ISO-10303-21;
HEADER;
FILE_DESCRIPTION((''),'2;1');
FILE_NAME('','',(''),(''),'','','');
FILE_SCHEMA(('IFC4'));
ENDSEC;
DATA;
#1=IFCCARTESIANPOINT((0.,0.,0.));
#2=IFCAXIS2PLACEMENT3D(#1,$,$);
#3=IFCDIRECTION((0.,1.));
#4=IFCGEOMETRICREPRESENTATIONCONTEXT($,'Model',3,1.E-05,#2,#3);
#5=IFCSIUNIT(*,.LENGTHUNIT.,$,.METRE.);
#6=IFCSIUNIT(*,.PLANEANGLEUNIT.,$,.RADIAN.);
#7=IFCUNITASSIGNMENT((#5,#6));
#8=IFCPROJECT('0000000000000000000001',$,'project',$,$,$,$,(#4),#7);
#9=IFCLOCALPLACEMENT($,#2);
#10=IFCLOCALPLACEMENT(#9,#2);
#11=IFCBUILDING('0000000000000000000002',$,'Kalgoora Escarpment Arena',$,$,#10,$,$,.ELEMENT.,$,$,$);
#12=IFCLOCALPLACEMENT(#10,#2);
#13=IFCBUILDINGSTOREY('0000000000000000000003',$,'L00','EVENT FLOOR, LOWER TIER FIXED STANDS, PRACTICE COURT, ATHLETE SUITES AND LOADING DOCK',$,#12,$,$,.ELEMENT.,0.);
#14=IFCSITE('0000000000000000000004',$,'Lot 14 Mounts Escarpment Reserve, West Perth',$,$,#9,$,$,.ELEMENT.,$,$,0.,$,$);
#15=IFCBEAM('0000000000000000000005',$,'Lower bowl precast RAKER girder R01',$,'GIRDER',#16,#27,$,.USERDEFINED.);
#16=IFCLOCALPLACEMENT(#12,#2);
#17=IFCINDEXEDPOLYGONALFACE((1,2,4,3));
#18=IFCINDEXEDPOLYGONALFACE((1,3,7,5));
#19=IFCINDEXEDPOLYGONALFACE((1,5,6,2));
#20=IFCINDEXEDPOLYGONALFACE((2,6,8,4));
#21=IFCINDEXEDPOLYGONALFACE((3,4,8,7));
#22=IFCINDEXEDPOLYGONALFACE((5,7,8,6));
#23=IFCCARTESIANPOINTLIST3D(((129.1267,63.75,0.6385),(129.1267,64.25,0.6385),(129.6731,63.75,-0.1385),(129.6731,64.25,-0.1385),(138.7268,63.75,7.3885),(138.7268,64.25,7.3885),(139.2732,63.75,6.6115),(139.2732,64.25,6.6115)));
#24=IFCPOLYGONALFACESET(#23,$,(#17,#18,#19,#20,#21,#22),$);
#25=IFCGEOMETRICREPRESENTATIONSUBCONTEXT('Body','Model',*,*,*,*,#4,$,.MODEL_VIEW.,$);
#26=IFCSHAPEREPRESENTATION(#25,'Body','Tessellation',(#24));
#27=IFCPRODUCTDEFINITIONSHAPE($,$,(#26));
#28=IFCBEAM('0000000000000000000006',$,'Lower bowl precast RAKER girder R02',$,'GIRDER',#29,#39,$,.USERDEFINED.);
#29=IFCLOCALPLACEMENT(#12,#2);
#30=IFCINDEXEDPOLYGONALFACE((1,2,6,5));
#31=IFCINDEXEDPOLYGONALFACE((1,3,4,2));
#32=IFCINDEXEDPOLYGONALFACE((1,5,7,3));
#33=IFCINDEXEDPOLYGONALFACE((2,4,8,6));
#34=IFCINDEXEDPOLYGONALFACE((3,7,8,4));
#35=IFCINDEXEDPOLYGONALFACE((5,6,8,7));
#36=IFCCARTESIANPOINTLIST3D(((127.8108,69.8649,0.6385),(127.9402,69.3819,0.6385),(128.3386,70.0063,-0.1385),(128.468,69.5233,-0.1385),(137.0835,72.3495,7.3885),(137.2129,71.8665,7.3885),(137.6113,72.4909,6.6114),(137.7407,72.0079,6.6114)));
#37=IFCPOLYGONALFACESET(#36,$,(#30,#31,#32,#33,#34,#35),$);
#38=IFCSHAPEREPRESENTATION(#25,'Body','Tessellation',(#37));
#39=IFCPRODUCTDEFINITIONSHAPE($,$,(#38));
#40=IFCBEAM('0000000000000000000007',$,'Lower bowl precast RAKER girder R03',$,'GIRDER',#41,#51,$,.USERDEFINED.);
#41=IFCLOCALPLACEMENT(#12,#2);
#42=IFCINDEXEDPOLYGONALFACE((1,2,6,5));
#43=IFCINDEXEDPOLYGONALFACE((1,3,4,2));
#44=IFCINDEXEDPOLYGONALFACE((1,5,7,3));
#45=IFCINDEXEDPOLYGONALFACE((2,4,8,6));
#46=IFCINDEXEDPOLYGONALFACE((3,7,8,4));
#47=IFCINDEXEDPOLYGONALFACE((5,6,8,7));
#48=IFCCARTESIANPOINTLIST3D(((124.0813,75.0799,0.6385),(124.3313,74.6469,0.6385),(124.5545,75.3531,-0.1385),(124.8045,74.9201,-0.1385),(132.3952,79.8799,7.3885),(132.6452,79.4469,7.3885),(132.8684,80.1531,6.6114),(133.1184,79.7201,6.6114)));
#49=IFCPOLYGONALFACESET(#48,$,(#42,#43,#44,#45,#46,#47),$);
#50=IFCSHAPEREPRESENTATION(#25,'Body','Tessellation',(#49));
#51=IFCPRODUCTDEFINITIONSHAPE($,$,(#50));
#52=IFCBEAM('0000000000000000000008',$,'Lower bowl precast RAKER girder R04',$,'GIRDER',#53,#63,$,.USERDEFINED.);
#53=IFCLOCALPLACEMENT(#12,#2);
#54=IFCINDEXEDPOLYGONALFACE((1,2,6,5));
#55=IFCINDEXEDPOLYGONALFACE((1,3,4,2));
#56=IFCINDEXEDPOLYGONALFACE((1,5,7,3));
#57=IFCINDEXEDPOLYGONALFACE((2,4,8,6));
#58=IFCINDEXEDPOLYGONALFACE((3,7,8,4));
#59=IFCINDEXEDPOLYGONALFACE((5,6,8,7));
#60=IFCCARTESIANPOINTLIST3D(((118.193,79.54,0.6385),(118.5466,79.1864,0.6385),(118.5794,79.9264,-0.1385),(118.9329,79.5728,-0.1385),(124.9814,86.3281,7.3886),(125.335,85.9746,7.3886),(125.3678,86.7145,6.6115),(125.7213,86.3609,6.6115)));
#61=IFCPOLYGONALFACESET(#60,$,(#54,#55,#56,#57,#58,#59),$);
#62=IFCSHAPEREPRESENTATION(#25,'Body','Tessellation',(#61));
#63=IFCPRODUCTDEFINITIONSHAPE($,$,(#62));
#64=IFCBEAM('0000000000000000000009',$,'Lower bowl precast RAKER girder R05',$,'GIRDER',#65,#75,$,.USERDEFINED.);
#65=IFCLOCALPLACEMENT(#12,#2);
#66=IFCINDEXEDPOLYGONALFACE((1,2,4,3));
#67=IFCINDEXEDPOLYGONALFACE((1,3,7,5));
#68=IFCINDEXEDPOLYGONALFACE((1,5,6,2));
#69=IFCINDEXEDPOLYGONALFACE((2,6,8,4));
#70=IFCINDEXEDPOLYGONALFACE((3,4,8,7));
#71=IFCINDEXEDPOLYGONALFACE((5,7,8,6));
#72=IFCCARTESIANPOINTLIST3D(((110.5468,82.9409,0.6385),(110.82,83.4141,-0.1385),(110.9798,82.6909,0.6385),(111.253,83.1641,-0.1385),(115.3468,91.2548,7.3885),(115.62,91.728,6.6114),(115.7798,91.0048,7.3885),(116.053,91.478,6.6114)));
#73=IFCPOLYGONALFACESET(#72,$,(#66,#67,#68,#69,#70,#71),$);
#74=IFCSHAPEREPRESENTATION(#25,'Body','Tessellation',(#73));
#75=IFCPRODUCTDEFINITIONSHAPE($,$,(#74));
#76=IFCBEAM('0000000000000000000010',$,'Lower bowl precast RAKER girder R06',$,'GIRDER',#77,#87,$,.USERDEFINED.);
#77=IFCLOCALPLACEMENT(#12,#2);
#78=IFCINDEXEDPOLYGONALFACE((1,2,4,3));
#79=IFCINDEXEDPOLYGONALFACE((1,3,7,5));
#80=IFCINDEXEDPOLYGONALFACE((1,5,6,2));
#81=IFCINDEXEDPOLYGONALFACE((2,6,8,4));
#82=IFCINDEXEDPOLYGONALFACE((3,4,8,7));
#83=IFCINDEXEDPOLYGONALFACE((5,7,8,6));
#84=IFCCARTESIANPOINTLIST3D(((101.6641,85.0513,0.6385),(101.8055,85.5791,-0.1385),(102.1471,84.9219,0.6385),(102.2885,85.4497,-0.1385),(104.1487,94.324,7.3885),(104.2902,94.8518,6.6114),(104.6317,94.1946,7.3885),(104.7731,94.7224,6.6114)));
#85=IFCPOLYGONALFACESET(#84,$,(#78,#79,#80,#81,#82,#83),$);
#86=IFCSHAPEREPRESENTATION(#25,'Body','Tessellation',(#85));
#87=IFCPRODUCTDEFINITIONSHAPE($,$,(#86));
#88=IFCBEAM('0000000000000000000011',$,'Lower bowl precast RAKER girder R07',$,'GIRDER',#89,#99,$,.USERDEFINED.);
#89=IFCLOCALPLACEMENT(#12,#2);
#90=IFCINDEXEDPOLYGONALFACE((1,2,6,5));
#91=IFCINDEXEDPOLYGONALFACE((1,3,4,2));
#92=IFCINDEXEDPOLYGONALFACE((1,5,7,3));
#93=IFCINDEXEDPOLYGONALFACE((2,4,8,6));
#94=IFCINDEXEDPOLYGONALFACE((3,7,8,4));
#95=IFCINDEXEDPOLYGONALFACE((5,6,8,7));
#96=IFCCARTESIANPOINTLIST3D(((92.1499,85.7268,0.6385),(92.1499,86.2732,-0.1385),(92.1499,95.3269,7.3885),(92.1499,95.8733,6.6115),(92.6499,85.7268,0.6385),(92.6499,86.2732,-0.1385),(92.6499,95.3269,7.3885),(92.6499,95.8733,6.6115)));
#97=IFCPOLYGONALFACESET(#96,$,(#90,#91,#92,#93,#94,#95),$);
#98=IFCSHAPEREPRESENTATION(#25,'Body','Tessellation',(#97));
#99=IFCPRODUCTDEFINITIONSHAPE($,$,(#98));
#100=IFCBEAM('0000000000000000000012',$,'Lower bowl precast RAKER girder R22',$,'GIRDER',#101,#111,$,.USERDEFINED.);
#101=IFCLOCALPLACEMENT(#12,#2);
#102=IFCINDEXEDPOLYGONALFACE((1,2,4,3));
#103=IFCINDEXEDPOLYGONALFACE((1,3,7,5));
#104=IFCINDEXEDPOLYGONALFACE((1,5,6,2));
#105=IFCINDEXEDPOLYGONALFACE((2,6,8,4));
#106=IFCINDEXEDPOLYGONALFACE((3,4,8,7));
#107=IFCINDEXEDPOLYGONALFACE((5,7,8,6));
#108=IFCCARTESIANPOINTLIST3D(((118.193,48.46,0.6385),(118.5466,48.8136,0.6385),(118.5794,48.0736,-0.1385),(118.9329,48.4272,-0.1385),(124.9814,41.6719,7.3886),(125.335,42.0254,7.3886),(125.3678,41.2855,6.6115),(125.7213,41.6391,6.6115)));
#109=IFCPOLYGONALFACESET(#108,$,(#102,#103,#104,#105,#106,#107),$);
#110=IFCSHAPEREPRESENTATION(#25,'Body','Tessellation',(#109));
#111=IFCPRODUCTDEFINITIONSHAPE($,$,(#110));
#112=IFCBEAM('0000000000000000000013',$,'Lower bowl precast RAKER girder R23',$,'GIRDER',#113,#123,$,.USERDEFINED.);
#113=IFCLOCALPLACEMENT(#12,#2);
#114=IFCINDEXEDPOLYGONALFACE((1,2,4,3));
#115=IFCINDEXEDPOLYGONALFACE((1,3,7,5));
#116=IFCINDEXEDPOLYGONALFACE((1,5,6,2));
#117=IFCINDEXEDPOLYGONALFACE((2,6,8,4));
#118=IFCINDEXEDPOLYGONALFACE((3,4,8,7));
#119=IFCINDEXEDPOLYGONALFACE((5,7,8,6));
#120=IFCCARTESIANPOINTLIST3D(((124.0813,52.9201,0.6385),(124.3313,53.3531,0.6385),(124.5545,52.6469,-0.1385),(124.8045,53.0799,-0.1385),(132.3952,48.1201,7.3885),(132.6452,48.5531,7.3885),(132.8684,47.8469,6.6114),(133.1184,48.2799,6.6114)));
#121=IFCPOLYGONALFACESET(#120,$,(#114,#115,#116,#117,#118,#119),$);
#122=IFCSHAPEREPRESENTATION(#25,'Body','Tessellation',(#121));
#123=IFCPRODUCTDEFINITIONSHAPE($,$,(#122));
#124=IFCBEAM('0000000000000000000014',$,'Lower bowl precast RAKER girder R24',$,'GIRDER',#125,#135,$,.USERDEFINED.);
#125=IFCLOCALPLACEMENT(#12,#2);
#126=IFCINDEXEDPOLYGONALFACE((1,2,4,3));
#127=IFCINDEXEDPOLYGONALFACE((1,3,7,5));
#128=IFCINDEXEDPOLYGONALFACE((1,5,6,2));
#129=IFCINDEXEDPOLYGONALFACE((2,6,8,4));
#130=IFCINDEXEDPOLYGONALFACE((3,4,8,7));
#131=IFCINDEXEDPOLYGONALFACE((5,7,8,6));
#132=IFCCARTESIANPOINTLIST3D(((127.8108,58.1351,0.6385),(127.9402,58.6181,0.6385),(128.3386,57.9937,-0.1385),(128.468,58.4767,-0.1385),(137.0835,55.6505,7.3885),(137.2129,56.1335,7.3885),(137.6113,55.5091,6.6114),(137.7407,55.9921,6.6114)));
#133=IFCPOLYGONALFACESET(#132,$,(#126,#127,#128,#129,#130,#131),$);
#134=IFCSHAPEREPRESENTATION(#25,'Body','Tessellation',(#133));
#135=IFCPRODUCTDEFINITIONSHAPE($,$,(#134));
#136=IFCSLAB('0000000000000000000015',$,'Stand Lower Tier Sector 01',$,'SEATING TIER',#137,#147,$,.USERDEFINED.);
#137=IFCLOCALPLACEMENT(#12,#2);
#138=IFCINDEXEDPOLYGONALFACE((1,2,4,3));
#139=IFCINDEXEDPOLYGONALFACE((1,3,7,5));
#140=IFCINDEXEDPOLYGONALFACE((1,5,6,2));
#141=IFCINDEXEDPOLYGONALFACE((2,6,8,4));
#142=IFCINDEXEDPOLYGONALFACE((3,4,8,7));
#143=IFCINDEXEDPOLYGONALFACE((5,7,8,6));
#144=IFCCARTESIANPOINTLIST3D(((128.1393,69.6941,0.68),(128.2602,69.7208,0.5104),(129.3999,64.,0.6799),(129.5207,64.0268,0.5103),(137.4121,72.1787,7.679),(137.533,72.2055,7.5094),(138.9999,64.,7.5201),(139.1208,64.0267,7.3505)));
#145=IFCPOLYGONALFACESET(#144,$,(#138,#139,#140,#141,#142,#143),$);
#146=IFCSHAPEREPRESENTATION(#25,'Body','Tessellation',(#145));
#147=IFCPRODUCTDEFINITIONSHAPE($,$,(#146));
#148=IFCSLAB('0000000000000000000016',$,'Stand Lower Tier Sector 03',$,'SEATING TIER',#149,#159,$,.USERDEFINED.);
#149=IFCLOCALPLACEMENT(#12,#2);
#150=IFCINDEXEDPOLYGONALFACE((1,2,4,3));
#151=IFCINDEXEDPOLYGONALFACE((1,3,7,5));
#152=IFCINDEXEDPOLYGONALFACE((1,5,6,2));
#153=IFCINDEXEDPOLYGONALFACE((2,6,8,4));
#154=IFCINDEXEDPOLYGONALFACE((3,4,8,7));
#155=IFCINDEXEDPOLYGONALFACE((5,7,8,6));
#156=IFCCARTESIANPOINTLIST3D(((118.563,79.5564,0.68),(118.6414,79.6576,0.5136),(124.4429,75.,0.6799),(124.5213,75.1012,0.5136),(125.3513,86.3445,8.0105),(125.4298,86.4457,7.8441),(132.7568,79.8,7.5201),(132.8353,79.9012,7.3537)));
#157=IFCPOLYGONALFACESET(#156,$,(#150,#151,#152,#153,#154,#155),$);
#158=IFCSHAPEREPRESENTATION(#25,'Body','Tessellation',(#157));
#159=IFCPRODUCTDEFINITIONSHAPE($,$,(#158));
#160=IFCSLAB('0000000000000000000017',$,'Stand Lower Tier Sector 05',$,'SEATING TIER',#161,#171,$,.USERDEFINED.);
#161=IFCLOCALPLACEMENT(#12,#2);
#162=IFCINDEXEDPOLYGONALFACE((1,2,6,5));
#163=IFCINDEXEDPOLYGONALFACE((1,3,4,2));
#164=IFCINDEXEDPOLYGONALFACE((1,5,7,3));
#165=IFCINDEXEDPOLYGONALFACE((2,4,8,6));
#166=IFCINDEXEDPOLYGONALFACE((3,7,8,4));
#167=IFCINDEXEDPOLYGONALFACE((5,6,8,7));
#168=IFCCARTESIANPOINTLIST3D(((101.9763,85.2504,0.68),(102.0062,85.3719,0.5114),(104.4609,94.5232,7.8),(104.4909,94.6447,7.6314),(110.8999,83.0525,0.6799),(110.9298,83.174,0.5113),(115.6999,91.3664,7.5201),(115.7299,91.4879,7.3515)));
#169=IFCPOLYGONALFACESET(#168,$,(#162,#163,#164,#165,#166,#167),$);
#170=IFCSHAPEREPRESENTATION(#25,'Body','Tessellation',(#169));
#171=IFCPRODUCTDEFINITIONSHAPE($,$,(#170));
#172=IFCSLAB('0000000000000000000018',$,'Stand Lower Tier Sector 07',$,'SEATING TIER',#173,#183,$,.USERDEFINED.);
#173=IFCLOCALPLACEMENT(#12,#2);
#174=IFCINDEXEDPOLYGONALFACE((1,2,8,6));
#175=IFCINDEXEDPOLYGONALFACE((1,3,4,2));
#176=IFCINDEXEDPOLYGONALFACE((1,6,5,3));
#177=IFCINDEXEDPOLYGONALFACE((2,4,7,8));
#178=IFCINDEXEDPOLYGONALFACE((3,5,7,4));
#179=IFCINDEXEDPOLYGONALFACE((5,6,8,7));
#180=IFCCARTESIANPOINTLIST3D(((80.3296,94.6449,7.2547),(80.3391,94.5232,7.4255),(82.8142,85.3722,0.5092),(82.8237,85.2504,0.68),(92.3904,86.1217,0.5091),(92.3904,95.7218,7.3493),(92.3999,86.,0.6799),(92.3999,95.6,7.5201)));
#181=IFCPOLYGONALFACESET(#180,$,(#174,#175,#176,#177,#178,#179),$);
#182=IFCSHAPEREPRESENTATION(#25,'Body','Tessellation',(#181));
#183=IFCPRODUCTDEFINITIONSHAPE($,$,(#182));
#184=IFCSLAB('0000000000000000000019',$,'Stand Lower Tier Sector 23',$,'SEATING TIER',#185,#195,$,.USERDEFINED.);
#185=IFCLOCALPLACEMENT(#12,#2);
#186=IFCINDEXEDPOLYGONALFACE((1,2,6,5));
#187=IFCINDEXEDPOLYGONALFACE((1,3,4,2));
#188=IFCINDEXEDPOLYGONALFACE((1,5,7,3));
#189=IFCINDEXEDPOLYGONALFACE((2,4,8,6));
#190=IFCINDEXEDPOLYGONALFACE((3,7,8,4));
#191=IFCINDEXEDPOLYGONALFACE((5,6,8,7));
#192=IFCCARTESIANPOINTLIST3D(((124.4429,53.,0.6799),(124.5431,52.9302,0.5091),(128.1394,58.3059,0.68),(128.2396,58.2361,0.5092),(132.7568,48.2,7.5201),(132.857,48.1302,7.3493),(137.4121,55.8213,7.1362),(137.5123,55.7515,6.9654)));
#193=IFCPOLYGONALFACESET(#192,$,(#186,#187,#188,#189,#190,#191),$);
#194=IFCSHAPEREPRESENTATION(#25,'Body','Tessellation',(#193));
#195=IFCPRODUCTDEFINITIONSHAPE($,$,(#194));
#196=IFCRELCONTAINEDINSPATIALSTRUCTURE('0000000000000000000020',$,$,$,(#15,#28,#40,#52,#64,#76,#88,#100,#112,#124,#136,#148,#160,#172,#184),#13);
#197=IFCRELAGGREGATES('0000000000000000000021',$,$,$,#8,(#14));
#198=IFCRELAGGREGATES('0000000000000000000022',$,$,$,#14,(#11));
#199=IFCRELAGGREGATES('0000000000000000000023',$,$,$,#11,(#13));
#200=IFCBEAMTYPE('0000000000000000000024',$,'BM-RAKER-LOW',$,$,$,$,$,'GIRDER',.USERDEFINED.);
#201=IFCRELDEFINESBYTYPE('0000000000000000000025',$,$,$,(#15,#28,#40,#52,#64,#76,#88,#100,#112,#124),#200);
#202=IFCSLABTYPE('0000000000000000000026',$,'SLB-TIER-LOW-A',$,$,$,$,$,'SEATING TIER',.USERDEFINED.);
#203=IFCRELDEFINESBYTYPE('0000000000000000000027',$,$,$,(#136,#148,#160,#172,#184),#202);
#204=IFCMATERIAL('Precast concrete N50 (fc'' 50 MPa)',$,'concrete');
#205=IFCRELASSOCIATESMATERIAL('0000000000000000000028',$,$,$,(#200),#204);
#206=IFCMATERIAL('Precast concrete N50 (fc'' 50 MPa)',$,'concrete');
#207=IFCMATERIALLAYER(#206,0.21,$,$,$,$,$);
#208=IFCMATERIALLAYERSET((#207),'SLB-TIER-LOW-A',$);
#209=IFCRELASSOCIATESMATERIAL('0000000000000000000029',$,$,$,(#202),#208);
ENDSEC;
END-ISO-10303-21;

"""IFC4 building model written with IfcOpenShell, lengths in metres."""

from ifc_helpers import new_model, si_unit, direction, frame, origin, origin_2d, place, context, subcontext, project, spatial, polyline, rectangle, outline, extrude, material, layer, layer_set, material_profile, profile_set, type_object, element, save


model = new_model("IFC4")

# Units and contexts
model_context = context("Model", 3, precision=1e-05, world=origin(), true_north=direction((0.0, 1.0)))
body_context = subcontext(model_context, "Body", "Model", "MODEL_VIEW")
ifc_project = project(units=[si_unit("LENGTHUNIT", "METRE"), si_unit("PLANEANGLEUNIT", "RADIAN")], contexts=[model_context])

# Site, building, storey
site_placement = place(None, origin())
site = spatial("IfcSite", under=ifc_project, at=site_placement, Name="Lot 14 Mounts Escarpment Reserve, West Perth", CompositionType="ELEMENT", RefElevation=0.0)
building_placement = place(site_placement, origin())
building = spatial("IfcBuilding", under=site, at=building_placement, Name="Kalgoora Escarpment Arena", CompositionType="ELEMENT")
storey_placement = place(building_placement, origin())
storey = spatial("IfcBuildingStorey", under=building, at=storey_placement, Name="L00", Description="EVENT FLOOR, LOWER TIER FIXED STANDS, PRACTICE COURT, ATHLETE SUITES AND LOADING DOCK", CompositionType="ELEMENT", Elevation=0.0)

# Beams
ifc_material_1 = material(Name="Precast concrete N50 (fc' 50 MPa)", Category="concrete")
ifc_material_profile_1 = material_profile(ifc_material_1, rectangle(XDim=0.5, YDim=0.95, at=origin_2d()))
ifc_profile_set_1 = profile_set([ifc_material_profile_1], Name="Precast concrete N50 (fc' 50 MPa)")
beam_type = type_object("IfcBeamType", Name="BM-RAKER-LOW", ElementType="GIRDER", PredefinedType="USERDEFINED", material=ifc_profile_set_1)
beam_1_placement = place(storey_placement, frame((129.3999, 64.0, 0.25), z_axis=(0.818032, 0.0, 0.575173), x_axis=(0.0, 1.0, 0.0)))
element("IfcBeam", 1, at=beam_1_placement, inside=storey, type_object=beam_type, Name="Lower bowl precast RAKER girder R01", ObjectType="GIRDER", PredefinedType="USERDEFINED", context=body_context, shape_type="SweptSolid", body=[
    extrude(rectangle(XDim=0.5, YDim=0.95, at=origin_2d()), origin(), (0.0, 0.0, 1.0), 11.7356),
])
beam_2_placement = place(storey_placement, frame((128.1394, 69.6941, 0.25), z_axis=(0.79015, 0.211721, 0.575184), x_axis=(-0.25882, 0.965926, 0.0)))
element("IfcBeam", 2, at=beam_2_placement, inside=storey, type_object=beam_type, Name="Lower bowl precast RAKER girder R02", ObjectType="GIRDER", PredefinedType="USERDEFINED", context=body_context, shape_type="SweptSolid", body=[
    extrude(rectangle(XDim=0.5, YDim=0.95, at=origin_2d()), origin(), (0.0, 0.0, 1.0), 11.7354),
])
for number, where, z_axis, x_axis, name in (
    (3, (124.4429, 75.0, 0.25), (0.708438, 0.409015, 0.575172), (-0.499998, 0.866026, 0.0), "Lower bowl precast RAKER girder R03"),
    (4, (118.563, 79.5564, 0.25), (0.578444, 0.578423, 0.575178), (-0.707094, 0.707119, 0.0), "Lower bowl precast RAKER girder R04"),
    (5, (110.8999, 83.0525, 0.25), (0.409015, 0.708438, 0.575172), (-0.866026, 0.499998, 0.0), "Lower bowl precast RAKER girder R05"),
):
    element("IfcBeam", number, at=place(storey_placement, frame(where, z_axis=z_axis, x_axis=x_axis)), inside=storey, type_object=beam_type, Name=name, ObjectType="GIRDER", PredefinedType="USERDEFINED", context=body_context, shape_type="SweptSolid", body=[
        extrude(rectangle(XDim=0.5, YDim=0.95, at=origin_2d()), origin(), (0.0, 0.0, 1.0), 11.7356),
    ])
beam_3_placement = place(storey_placement, frame((101.9763, 85.2505, 0.25), z_axis=(0.211721, 0.79015, 0.575184), x_axis=(-0.965926, 0.25882, 0.0)))
element("IfcBeam", 6, at=beam_3_placement, inside=storey, type_object=beam_type, Name="Lower bowl precast RAKER girder R06", ObjectType="GIRDER", PredefinedType="USERDEFINED", context=body_context, shape_type="SweptSolid", body=[
    extrude(rectangle(XDim=0.5, YDim=0.95, at=origin_2d()), origin(), (0.0, 0.0, 1.0), 11.7354),
])
for number, where, z_axis, x_axis, name in (
    (7, (92.3999, 86.0, 0.25), (0.0, 0.818032, 0.575173), (-1.0, 0.0, 0.0), "Lower bowl precast RAKER girder R07"),
    (8, (118.563, 48.4436, 0.25), (0.578444, -0.578423, 0.575178), (0.707094, 0.707119, 0.0), "Lower bowl precast RAKER girder R22"),
    (9, (124.4429, 53.0, 0.25), (0.708438, -0.409015, 0.575172), (0.499998, 0.866026, 0.0), "Lower bowl precast RAKER girder R23"),
):
    element("IfcBeam", number, at=place(storey_placement, frame(where, z_axis=z_axis, x_axis=x_axis)), inside=storey, type_object=beam_type, Name=name, ObjectType="GIRDER", PredefinedType="USERDEFINED", context=body_context, shape_type="SweptSolid", body=[
        extrude(rectangle(XDim=0.5, YDim=0.95, at=origin_2d()), origin(), (0.0, 0.0, 1.0), 11.7356),
    ])
beam_4_placement = place(storey_placement, frame((128.1394, 58.3059, 0.25), z_axis=(0.79015, -0.211721, 0.575184), x_axis=(0.25882, 0.965926, 0.0)))
element("IfcBeam", 10, at=beam_4_placement, inside=storey, type_object=beam_type, Name="Lower bowl precast RAKER girder R24", ObjectType="GIRDER", PredefinedType="USERDEFINED", context=body_context, shape_type="SweptSolid", body=[
    extrude(rectangle(XDim=0.5, YDim=0.95, at=origin_2d()), origin(), (0.0, 0.0, 1.0), 11.7354),
])

# Slabs
ifc_material_2 = material(Name="Precast concrete N50 (fc' 50 MPa)", Category="concrete")
ifc_layer_1 = layer(ifc_material_2, 0.21)
ifc_layer_set_1 = layer_set([ifc_layer_1], Name="SLB-TIER-LOW-A")
slab_type_1 = type_object("IfcSlabType", Name="SLB-TIER-LOW-A", ElementType="SEATING TIER", PredefinedType="USERDEFINED", material=ifc_layer_set_1)
slab_1_placement = place(storey_placement, frame((129.3999, 64.0, 0.6799), z_axis=(-0.575552, -0.127428, 0.807776), x_axis=(-0.216147, 0.976361, 0.000014)))
element("IfcSlab", 11, at=slab_1_placement, inside=storey, type_object=slab_type_1, Name="Stand Lower Tier Sector 01", ObjectType="SEATING TIER", PredefinedType="USERDEFINED", context=body_context, shape_type="SweptSolid", body=[
    extrude(outline(polyline([(0.0, 0.0), (5.8319, 0.0), (6.2537, -11.8729), (-2.0749, -11.6036), (0.0, 0.0)])), origin(), (0.0, 0.0, -1.0), 0.21),
])
slab_2_placement = place(storey_placement, frame((124.4429, 75.0, 0.6799), z_axis=(-0.373604, -0.48214, 0.79244), x_axis=(-0.790452, 0.612524, 0.000008)))
element("IfcSlab", 12, at=slab_2_placement, inside=storey, type_object=slab_type_1, Name="Stand Lower Tier Sector 03", ObjectType="SEATING TIER", PredefinedType="USERDEFINED", context=body_context, shape_type="SweptSolid", body=[
    extrude(outline(polyline([(0.0, 0.0), (7.4387, 0.0), (6.2307, -12.0182), (-3.6316, -11.2143), (0.0, 0.0)])), origin(), (0.0, 0.0, -1.0), 0.21),
])
slab_3_placement = place(storey_placement, frame((110.8999, 83.0525, 0.6799), z_axis=(-0.142484, -0.578507, 0.803137), x_axis=(-0.97098, 0.23916, 0.000008)))
element("IfcSlab", 13, at=slab_3_placement, inside=storey, type_object=slab_type_1, Name="Stand Lower Tier Sector 05", ObjectType="SEATING TIER", PredefinedType="USERDEFINED", context=body_context, shape_type="SweptSolid", body=[
    extrude(outline(polyline([(0.0, 0.0), (9.1903, 0.0), (8.9955, -11.9505), (-2.6723, -11.4808), (0.0, 0.0)])), origin(), (0.0, 0.0, -1.0), 0.21),
])
slab_4_placement = place(storey_placement, frame((92.3999, 86.0, 0.6799), z_axis=(0.04538, -0.579684, 0.813577), x_axis=(-0.996951, -0.078035, 0.000007)))
element("IfcSlab", 14, at=slab_4_placement, inside=storey, type_object=slab_type_1, Name="Stand Lower Tier Sector 07", ObjectType="SEATING TIER", PredefinedType="USERDEFINED", context=body_context, shape_type="SweptSolid", body=[
    extrude(outline(polyline([(0.0, 0.0), (9.6055, 0.0), (11.359, -11.6011), (-0.7491, -11.7638), (0.0, 0.0)])), origin(), (0.0, 0.0, -1.0), 0.21),
])
slab_5_placement = place(storey_placement, frame((124.4429, 53.0, 0.6799), z_axis=(-0.477267, 0.332494, 0.813427), x_axis=(0.57163, 0.820511, 0.000007)))
element("IfcSlab", 15, at=slab_5_placement, inside=storey, type_object=slab_type_1, Name="Stand Lower Tier Sector 23", ObjectType="SEATING TIER", PredefinedType="USERDEFINED", context=body_context, shape_type="SweptSolid", body=[
    extrude(outline(polyline([(0.0, 0.0), (6.4666, 0.0), (9.7286, -11.0995), (0.8141, -11.7595), (0.0, 0.0)])), origin(), (0.0, 0.0, -1.0), 0.21),
])

save(model, "model.ifc")
